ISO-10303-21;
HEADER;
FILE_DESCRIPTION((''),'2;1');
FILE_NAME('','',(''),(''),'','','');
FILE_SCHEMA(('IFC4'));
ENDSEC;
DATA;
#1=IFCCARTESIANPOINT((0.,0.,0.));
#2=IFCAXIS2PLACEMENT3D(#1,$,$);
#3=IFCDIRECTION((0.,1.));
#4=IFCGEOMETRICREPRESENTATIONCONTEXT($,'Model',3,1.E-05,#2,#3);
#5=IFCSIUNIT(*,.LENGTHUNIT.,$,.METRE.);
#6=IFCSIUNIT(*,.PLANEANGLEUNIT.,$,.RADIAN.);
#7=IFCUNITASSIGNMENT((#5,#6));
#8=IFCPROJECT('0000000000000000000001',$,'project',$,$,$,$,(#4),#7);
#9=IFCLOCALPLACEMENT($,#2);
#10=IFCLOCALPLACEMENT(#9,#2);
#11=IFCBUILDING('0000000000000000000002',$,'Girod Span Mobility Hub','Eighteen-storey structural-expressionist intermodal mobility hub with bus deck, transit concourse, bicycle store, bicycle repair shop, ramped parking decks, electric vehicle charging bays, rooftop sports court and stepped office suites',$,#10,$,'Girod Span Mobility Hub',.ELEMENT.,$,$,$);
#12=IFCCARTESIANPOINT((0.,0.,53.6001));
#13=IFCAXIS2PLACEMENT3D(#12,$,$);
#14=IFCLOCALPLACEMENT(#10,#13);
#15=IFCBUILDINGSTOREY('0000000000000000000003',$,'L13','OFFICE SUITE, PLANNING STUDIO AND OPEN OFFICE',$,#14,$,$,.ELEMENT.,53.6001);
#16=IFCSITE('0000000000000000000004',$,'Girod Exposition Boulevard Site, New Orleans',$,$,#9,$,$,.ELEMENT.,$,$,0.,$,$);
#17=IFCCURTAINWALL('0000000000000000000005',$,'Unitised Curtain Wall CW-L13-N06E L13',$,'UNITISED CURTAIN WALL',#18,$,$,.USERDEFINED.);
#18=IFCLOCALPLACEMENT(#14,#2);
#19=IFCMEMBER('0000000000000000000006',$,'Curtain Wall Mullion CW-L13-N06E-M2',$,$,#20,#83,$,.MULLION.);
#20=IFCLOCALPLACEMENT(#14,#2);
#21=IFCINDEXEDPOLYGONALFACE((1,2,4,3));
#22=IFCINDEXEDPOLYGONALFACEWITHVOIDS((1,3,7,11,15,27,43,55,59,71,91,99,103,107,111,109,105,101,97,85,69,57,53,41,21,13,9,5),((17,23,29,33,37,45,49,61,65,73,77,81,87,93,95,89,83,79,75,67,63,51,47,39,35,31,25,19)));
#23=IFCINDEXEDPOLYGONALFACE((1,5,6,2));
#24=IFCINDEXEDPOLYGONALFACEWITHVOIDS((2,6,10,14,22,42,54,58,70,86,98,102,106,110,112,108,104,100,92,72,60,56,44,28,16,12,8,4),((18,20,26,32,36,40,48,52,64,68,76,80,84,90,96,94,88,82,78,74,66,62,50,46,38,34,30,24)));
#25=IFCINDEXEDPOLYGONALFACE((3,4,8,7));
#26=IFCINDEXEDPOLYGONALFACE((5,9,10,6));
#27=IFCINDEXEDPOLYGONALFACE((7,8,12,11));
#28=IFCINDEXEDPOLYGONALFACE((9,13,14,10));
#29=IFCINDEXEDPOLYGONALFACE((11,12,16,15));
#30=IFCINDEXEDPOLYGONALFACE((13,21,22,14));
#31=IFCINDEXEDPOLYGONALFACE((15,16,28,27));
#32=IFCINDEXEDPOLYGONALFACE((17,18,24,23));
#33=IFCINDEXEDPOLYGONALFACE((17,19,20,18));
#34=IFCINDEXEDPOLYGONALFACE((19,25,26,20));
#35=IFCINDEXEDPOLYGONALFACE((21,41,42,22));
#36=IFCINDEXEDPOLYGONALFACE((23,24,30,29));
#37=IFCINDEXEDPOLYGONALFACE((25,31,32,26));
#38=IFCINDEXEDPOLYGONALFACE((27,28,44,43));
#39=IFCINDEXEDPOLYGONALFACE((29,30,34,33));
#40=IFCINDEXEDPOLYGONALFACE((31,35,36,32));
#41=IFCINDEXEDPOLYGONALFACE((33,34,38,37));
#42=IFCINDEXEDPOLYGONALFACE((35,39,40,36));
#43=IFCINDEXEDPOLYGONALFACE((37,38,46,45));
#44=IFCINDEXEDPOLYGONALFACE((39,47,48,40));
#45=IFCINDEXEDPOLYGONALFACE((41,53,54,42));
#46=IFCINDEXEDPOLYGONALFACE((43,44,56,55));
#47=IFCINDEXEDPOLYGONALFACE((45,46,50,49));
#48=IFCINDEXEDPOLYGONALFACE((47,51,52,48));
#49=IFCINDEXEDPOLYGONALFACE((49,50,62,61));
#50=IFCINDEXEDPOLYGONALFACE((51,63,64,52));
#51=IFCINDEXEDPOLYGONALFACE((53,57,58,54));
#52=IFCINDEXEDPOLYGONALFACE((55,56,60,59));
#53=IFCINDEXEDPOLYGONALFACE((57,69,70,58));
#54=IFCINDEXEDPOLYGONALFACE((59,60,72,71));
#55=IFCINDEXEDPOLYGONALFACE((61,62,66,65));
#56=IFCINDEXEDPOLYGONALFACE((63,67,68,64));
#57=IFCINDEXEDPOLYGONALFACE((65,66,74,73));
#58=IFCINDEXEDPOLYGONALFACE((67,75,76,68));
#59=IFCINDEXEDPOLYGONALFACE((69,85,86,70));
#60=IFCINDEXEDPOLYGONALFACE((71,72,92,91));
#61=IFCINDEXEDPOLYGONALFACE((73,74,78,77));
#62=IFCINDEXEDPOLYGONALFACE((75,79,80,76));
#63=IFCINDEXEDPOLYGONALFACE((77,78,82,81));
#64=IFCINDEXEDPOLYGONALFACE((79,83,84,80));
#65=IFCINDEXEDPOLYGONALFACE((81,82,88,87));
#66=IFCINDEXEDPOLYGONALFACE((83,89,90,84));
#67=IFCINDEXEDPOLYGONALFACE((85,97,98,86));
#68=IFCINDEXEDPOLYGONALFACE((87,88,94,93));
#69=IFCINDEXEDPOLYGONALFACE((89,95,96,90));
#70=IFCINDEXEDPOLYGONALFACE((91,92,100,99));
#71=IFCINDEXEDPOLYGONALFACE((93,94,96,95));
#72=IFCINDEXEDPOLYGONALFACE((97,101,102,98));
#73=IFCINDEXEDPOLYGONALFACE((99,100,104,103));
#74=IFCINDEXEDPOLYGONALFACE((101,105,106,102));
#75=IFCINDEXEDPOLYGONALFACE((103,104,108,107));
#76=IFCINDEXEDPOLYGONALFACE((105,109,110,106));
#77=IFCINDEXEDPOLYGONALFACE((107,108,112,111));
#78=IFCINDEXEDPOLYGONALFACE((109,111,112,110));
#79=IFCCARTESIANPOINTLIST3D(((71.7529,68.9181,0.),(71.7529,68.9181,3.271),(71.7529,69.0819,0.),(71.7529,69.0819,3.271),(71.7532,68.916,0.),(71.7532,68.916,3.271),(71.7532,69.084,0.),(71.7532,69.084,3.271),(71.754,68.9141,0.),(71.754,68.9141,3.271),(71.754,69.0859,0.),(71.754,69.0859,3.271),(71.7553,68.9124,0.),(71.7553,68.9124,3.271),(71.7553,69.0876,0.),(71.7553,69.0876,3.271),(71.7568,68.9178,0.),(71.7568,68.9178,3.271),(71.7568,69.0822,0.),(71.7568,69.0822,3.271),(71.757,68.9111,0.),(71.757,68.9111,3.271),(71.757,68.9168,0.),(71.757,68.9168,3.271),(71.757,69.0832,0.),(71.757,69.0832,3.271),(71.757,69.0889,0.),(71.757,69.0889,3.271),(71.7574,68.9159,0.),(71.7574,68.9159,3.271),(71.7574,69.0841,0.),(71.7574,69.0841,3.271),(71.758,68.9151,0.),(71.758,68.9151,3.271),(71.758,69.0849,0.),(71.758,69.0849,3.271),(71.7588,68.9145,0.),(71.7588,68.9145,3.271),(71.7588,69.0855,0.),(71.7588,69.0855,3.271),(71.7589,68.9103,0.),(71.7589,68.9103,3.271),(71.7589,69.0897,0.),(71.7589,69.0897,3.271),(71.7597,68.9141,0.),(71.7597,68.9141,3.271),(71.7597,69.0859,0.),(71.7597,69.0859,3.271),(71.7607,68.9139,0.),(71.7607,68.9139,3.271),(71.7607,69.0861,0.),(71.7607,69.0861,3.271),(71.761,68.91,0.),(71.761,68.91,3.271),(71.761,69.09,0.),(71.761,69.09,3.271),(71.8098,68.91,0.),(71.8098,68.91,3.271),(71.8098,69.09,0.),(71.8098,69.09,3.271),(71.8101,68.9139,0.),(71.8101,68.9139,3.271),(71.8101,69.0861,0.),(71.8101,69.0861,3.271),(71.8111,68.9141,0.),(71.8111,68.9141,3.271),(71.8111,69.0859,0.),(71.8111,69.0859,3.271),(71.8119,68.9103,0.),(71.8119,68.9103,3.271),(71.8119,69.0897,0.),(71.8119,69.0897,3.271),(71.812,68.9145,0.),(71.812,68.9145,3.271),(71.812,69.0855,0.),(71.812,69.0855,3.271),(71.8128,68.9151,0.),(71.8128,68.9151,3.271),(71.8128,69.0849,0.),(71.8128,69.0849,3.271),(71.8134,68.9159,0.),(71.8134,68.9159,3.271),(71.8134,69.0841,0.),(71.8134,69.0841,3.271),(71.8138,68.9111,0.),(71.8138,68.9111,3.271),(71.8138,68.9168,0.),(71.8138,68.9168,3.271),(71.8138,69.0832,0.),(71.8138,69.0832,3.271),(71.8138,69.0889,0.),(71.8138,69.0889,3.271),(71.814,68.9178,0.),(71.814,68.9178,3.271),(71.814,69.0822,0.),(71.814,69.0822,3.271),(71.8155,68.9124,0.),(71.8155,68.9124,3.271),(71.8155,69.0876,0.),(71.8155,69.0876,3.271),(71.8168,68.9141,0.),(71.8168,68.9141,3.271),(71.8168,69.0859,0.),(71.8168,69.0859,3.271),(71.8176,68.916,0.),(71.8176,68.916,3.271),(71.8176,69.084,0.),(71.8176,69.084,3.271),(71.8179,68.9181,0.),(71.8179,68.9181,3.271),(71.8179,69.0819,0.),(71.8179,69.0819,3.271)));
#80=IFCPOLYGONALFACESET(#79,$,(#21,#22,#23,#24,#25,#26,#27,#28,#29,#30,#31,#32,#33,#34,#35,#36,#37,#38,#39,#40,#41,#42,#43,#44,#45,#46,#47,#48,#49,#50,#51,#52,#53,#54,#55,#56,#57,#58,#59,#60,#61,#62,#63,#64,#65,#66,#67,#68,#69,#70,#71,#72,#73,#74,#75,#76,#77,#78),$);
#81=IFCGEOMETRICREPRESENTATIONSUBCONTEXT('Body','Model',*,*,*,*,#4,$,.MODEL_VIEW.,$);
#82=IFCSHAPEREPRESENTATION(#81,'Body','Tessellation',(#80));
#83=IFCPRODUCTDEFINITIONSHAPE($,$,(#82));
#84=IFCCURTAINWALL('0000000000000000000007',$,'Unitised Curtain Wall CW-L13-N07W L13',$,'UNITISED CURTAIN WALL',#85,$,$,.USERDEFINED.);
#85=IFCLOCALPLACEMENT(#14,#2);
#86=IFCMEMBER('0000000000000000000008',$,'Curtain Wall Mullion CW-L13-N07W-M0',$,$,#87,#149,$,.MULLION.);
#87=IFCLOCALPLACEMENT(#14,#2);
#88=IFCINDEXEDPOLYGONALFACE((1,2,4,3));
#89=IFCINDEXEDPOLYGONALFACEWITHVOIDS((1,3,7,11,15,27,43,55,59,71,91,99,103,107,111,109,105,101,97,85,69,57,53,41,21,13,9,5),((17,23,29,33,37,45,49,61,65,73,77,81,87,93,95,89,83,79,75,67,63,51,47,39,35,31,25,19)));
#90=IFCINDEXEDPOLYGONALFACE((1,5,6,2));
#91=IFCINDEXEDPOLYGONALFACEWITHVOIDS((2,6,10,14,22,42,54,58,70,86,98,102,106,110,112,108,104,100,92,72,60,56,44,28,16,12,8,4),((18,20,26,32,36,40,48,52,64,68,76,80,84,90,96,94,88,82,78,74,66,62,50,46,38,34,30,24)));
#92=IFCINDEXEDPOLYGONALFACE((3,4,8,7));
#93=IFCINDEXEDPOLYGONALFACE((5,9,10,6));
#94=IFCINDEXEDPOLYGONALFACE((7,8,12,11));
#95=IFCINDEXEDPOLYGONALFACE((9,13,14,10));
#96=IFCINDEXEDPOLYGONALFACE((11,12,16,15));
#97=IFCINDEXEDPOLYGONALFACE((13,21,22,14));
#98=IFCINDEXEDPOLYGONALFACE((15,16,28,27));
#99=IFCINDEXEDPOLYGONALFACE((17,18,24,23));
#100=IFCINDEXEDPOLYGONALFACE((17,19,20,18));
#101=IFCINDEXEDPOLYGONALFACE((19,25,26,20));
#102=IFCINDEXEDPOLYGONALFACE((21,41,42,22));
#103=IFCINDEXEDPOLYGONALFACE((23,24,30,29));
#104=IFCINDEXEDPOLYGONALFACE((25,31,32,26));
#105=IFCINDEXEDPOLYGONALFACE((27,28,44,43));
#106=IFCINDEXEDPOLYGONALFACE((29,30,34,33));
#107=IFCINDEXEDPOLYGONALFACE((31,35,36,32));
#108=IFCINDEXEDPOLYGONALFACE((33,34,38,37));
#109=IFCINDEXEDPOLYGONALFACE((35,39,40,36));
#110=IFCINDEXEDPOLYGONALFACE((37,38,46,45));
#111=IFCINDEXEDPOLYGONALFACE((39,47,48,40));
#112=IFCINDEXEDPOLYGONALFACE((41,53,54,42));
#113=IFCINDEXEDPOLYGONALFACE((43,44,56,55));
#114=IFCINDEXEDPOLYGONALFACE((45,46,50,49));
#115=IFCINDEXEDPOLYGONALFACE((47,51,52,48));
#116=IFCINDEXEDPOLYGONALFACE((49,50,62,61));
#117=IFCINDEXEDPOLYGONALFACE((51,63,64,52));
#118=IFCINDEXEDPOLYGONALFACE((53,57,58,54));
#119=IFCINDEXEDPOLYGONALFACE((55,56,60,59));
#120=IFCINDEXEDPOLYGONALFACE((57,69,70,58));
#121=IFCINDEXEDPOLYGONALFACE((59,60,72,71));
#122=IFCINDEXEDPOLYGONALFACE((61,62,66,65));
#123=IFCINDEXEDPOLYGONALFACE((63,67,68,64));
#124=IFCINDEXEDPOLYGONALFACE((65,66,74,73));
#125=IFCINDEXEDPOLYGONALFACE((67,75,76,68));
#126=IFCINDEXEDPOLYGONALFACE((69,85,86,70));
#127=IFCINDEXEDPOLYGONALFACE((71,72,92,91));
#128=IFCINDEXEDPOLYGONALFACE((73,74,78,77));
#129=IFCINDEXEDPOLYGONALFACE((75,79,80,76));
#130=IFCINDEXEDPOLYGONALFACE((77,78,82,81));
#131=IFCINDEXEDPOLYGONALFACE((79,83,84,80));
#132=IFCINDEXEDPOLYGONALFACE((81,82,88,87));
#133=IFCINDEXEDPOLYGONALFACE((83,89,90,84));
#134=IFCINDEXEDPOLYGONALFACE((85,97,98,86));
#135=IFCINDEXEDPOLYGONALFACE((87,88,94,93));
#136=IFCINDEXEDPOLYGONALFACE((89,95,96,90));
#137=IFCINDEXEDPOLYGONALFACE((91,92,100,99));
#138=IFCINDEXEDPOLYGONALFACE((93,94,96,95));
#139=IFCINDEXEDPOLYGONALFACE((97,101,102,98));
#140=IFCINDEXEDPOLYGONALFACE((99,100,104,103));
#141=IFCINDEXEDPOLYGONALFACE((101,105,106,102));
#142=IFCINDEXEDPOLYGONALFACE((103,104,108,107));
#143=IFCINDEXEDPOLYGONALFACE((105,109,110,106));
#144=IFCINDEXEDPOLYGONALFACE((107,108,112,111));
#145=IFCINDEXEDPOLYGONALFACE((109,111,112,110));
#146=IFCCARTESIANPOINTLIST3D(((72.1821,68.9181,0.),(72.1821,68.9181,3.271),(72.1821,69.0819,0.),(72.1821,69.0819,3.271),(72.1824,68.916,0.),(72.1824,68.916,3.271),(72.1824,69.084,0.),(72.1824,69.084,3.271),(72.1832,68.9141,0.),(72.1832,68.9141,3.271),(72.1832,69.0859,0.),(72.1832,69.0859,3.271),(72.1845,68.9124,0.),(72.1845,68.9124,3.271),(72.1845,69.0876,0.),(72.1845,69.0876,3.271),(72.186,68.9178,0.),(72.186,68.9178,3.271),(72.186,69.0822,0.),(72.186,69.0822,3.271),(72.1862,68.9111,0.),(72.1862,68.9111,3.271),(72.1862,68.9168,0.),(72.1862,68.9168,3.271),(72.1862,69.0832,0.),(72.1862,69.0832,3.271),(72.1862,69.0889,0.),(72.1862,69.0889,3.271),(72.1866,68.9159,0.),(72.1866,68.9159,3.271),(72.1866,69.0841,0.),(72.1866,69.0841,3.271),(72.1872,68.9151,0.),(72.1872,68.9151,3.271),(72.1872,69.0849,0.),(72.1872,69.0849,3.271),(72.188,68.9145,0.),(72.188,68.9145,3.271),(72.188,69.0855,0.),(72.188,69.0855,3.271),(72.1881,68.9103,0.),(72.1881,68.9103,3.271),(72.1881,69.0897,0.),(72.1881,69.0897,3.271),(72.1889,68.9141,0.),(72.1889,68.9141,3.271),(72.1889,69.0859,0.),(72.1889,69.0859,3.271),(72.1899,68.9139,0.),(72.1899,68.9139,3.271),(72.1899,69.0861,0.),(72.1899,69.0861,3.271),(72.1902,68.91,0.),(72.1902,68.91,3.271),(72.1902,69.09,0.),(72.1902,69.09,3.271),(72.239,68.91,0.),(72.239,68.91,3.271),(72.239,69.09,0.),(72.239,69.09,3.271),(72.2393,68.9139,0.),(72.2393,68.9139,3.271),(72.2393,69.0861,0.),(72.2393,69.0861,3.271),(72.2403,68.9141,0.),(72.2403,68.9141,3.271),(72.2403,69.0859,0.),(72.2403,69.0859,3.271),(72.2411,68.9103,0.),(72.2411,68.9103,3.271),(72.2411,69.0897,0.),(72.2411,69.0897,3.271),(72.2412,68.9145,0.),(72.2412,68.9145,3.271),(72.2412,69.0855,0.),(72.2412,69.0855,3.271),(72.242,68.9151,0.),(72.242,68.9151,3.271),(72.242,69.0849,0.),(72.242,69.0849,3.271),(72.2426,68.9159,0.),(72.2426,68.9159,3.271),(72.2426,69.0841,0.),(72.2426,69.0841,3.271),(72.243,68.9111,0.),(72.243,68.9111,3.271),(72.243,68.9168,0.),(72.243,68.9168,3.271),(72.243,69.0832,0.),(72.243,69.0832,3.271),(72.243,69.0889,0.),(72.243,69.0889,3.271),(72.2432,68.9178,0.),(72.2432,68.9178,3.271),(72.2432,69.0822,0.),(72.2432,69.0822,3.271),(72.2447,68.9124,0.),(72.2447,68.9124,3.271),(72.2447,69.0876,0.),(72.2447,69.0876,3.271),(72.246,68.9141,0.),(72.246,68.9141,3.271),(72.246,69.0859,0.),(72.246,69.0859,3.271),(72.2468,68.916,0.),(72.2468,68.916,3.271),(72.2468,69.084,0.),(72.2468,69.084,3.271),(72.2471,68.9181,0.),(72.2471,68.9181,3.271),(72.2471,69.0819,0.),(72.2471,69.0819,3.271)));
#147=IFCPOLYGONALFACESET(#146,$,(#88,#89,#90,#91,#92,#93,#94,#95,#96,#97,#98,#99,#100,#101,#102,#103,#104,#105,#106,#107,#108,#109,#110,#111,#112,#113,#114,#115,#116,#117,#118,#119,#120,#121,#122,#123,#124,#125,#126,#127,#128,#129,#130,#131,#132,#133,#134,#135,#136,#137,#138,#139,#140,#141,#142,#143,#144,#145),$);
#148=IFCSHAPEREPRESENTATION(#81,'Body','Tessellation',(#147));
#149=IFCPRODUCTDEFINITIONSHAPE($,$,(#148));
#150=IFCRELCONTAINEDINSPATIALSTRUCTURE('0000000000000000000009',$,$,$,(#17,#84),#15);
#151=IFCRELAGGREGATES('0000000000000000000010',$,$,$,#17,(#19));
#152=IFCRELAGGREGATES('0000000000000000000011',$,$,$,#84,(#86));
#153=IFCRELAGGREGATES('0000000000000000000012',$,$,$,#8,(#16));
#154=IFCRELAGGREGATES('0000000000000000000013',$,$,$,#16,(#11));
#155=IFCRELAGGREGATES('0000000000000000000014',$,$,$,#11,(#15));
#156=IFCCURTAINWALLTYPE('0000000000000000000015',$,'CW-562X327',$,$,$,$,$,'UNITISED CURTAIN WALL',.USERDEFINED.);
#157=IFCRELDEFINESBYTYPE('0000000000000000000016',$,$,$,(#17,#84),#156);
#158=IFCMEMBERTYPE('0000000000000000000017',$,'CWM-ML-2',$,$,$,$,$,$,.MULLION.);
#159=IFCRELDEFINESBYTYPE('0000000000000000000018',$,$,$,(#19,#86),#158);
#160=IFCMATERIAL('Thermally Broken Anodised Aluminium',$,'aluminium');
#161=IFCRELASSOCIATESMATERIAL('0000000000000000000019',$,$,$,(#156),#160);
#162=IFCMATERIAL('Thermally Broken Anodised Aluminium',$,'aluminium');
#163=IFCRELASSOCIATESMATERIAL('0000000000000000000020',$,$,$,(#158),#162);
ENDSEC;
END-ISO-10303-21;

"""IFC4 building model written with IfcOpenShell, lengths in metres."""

from ifc_helpers import new_model, si_unit, direction, frame, origin, origin_2d, place, context, subcontext, project, spatial, hollow_rectangle, extrude, material, material_profile, profile_set, type_object, element, aggregate, save


model = new_model("IFC4")

# Units and contexts
model_context = context("Model", 3, precision=1e-05, world=origin(), true_north=direction((0.0, 1.0)))
body_context = subcontext(model_context, "Body", "Model", "MODEL_VIEW")
ifc_project = project(units=[si_unit("LENGTHUNIT", "METRE"), si_unit("PLANEANGLEUNIT", "RADIAN")], contexts=[model_context])

# Site, building, storey
site_placement = place(None, origin())
site = spatial("IfcSite", under=ifc_project, at=site_placement, Name="Girod Exposition Boulevard Site, New Orleans", CompositionType="ELEMENT", RefElevation=0.0)
building_placement = place(site_placement, origin())
building = spatial("IfcBuilding", under=site, at=building_placement, Name="Girod Span Mobility Hub", Description="Eighteen-storey structural-expressionist intermodal mobility hub with bus deck, transit concourse, bicycle store, bicycle repair shop, ramped parking decks, electric vehicle charging bays, rooftop sports court and stepped office suites", LongName="Girod Span Mobility Hub", CompositionType="ELEMENT")
storey_placement = place(building_placement, frame((0.0, 0.0, 53.6001)))
storey = spatial("IfcBuildingStorey", under=building, at=storey_placement, Name="L13", Description="OFFICE SUITE, PLANNING STUDIO AND OPEN OFFICE", CompositionType="ELEMENT", Elevation=53.6001)

# Curtain wall, member
ifc_material_1 = material(Name="Thermally Broken Anodised Aluminium", Category="aluminium")
curtain_wall_type = type_object("IfcCurtainWallType", Name="CW-562X327", ElementType="UNITISED CURTAIN WALL", PredefinedType="USERDEFINED", material=ifc_material_1)
curtain_wall_1_placement = place(storey_placement, origin())
curtain_wall_1 = element("IfcCurtainWall", 1, at=curtain_wall_1_placement, inside=storey, type_object=curtain_wall_type, Name="Unitised Curtain Wall CW-L13-N06E L13", ObjectType="UNITISED CURTAIN WALL", PredefinedType="USERDEFINED")
ifc_material_2 = material(Name="Thermally Broken Anodised Aluminium", Category="aluminium")
ifc_material_profile_1 = material_profile(ifc_material_2, hollow_rectangle(XDim=0.1799, YDim=0.0649, WallThickness=0.0039, InnerFilletRadius=0.0039, OuterFilletRadius=0.0081, at=origin_2d()), Name="CW-ML-65X180")
ifc_profile_set_1 = profile_set([ifc_material_profile_1], Name="Thermally Broken Anodised Aluminium")
member_type_1 = type_object("IfcMemberType", Name="CWM-ML-2", PredefinedType="MULLION", material=ifc_profile_set_1)
member_1_placement = place(storey_placement, frame((71.7854, 69.0, 0.0), z_axis=(0.0, 0.0, 1.0), x_axis=(0.0, 1.0, 0.0)))
member_1 = element("IfcMember", 2, at=member_1_placement, type_object=member_type_1, Name="Curtain Wall Mullion CW-L13-N06E-M2", PredefinedType="MULLION", context=body_context, shape_type="SweptSolid", body=[
    extrude(hollow_rectangle(XDim=0.1799, YDim=0.0649, WallThickness=0.0039, InnerFilletRadius=0.0039, OuterFilletRadius=0.0081, at=origin_2d()), origin(), (0.0, 0.0, 1.0), 3.271),
])

# Curtain wall, member
curtain_wall_2_placement = place(storey_placement, origin())
curtain_wall_2 = element("IfcCurtainWall", 3, at=curtain_wall_2_placement, inside=storey, type_object=curtain_wall_type, Name="Unitised Curtain Wall CW-L13-N07W L13", ObjectType="UNITISED CURTAIN WALL", PredefinedType="USERDEFINED")
member_2_placement = place(storey_placement, frame((72.2146, 69.0, 0.0), z_axis=(0.0, 0.0, 1.0), x_axis=(0.0, 1.0, 0.0)))
member_2 = element("IfcMember", 4, at=member_2_placement, type_object=member_type_1, Name="Curtain Wall Mullion CW-L13-N07W-M0", PredefinedType="MULLION", context=body_context, shape_type="SweptSolid", body=[
    extrude(hollow_rectangle(XDim=0.1799, YDim=0.0649, WallThickness=0.0039, InnerFilletRadius=0.0039, OuterFilletRadius=0.0081, at=origin_2d()), origin(), (0.0, 0.0, 1.0), 3.271),
])

aggregate(curtain_wall_1, [member_1])
aggregate(curtain_wall_2, [member_2])

save(model, "model.ifc")
